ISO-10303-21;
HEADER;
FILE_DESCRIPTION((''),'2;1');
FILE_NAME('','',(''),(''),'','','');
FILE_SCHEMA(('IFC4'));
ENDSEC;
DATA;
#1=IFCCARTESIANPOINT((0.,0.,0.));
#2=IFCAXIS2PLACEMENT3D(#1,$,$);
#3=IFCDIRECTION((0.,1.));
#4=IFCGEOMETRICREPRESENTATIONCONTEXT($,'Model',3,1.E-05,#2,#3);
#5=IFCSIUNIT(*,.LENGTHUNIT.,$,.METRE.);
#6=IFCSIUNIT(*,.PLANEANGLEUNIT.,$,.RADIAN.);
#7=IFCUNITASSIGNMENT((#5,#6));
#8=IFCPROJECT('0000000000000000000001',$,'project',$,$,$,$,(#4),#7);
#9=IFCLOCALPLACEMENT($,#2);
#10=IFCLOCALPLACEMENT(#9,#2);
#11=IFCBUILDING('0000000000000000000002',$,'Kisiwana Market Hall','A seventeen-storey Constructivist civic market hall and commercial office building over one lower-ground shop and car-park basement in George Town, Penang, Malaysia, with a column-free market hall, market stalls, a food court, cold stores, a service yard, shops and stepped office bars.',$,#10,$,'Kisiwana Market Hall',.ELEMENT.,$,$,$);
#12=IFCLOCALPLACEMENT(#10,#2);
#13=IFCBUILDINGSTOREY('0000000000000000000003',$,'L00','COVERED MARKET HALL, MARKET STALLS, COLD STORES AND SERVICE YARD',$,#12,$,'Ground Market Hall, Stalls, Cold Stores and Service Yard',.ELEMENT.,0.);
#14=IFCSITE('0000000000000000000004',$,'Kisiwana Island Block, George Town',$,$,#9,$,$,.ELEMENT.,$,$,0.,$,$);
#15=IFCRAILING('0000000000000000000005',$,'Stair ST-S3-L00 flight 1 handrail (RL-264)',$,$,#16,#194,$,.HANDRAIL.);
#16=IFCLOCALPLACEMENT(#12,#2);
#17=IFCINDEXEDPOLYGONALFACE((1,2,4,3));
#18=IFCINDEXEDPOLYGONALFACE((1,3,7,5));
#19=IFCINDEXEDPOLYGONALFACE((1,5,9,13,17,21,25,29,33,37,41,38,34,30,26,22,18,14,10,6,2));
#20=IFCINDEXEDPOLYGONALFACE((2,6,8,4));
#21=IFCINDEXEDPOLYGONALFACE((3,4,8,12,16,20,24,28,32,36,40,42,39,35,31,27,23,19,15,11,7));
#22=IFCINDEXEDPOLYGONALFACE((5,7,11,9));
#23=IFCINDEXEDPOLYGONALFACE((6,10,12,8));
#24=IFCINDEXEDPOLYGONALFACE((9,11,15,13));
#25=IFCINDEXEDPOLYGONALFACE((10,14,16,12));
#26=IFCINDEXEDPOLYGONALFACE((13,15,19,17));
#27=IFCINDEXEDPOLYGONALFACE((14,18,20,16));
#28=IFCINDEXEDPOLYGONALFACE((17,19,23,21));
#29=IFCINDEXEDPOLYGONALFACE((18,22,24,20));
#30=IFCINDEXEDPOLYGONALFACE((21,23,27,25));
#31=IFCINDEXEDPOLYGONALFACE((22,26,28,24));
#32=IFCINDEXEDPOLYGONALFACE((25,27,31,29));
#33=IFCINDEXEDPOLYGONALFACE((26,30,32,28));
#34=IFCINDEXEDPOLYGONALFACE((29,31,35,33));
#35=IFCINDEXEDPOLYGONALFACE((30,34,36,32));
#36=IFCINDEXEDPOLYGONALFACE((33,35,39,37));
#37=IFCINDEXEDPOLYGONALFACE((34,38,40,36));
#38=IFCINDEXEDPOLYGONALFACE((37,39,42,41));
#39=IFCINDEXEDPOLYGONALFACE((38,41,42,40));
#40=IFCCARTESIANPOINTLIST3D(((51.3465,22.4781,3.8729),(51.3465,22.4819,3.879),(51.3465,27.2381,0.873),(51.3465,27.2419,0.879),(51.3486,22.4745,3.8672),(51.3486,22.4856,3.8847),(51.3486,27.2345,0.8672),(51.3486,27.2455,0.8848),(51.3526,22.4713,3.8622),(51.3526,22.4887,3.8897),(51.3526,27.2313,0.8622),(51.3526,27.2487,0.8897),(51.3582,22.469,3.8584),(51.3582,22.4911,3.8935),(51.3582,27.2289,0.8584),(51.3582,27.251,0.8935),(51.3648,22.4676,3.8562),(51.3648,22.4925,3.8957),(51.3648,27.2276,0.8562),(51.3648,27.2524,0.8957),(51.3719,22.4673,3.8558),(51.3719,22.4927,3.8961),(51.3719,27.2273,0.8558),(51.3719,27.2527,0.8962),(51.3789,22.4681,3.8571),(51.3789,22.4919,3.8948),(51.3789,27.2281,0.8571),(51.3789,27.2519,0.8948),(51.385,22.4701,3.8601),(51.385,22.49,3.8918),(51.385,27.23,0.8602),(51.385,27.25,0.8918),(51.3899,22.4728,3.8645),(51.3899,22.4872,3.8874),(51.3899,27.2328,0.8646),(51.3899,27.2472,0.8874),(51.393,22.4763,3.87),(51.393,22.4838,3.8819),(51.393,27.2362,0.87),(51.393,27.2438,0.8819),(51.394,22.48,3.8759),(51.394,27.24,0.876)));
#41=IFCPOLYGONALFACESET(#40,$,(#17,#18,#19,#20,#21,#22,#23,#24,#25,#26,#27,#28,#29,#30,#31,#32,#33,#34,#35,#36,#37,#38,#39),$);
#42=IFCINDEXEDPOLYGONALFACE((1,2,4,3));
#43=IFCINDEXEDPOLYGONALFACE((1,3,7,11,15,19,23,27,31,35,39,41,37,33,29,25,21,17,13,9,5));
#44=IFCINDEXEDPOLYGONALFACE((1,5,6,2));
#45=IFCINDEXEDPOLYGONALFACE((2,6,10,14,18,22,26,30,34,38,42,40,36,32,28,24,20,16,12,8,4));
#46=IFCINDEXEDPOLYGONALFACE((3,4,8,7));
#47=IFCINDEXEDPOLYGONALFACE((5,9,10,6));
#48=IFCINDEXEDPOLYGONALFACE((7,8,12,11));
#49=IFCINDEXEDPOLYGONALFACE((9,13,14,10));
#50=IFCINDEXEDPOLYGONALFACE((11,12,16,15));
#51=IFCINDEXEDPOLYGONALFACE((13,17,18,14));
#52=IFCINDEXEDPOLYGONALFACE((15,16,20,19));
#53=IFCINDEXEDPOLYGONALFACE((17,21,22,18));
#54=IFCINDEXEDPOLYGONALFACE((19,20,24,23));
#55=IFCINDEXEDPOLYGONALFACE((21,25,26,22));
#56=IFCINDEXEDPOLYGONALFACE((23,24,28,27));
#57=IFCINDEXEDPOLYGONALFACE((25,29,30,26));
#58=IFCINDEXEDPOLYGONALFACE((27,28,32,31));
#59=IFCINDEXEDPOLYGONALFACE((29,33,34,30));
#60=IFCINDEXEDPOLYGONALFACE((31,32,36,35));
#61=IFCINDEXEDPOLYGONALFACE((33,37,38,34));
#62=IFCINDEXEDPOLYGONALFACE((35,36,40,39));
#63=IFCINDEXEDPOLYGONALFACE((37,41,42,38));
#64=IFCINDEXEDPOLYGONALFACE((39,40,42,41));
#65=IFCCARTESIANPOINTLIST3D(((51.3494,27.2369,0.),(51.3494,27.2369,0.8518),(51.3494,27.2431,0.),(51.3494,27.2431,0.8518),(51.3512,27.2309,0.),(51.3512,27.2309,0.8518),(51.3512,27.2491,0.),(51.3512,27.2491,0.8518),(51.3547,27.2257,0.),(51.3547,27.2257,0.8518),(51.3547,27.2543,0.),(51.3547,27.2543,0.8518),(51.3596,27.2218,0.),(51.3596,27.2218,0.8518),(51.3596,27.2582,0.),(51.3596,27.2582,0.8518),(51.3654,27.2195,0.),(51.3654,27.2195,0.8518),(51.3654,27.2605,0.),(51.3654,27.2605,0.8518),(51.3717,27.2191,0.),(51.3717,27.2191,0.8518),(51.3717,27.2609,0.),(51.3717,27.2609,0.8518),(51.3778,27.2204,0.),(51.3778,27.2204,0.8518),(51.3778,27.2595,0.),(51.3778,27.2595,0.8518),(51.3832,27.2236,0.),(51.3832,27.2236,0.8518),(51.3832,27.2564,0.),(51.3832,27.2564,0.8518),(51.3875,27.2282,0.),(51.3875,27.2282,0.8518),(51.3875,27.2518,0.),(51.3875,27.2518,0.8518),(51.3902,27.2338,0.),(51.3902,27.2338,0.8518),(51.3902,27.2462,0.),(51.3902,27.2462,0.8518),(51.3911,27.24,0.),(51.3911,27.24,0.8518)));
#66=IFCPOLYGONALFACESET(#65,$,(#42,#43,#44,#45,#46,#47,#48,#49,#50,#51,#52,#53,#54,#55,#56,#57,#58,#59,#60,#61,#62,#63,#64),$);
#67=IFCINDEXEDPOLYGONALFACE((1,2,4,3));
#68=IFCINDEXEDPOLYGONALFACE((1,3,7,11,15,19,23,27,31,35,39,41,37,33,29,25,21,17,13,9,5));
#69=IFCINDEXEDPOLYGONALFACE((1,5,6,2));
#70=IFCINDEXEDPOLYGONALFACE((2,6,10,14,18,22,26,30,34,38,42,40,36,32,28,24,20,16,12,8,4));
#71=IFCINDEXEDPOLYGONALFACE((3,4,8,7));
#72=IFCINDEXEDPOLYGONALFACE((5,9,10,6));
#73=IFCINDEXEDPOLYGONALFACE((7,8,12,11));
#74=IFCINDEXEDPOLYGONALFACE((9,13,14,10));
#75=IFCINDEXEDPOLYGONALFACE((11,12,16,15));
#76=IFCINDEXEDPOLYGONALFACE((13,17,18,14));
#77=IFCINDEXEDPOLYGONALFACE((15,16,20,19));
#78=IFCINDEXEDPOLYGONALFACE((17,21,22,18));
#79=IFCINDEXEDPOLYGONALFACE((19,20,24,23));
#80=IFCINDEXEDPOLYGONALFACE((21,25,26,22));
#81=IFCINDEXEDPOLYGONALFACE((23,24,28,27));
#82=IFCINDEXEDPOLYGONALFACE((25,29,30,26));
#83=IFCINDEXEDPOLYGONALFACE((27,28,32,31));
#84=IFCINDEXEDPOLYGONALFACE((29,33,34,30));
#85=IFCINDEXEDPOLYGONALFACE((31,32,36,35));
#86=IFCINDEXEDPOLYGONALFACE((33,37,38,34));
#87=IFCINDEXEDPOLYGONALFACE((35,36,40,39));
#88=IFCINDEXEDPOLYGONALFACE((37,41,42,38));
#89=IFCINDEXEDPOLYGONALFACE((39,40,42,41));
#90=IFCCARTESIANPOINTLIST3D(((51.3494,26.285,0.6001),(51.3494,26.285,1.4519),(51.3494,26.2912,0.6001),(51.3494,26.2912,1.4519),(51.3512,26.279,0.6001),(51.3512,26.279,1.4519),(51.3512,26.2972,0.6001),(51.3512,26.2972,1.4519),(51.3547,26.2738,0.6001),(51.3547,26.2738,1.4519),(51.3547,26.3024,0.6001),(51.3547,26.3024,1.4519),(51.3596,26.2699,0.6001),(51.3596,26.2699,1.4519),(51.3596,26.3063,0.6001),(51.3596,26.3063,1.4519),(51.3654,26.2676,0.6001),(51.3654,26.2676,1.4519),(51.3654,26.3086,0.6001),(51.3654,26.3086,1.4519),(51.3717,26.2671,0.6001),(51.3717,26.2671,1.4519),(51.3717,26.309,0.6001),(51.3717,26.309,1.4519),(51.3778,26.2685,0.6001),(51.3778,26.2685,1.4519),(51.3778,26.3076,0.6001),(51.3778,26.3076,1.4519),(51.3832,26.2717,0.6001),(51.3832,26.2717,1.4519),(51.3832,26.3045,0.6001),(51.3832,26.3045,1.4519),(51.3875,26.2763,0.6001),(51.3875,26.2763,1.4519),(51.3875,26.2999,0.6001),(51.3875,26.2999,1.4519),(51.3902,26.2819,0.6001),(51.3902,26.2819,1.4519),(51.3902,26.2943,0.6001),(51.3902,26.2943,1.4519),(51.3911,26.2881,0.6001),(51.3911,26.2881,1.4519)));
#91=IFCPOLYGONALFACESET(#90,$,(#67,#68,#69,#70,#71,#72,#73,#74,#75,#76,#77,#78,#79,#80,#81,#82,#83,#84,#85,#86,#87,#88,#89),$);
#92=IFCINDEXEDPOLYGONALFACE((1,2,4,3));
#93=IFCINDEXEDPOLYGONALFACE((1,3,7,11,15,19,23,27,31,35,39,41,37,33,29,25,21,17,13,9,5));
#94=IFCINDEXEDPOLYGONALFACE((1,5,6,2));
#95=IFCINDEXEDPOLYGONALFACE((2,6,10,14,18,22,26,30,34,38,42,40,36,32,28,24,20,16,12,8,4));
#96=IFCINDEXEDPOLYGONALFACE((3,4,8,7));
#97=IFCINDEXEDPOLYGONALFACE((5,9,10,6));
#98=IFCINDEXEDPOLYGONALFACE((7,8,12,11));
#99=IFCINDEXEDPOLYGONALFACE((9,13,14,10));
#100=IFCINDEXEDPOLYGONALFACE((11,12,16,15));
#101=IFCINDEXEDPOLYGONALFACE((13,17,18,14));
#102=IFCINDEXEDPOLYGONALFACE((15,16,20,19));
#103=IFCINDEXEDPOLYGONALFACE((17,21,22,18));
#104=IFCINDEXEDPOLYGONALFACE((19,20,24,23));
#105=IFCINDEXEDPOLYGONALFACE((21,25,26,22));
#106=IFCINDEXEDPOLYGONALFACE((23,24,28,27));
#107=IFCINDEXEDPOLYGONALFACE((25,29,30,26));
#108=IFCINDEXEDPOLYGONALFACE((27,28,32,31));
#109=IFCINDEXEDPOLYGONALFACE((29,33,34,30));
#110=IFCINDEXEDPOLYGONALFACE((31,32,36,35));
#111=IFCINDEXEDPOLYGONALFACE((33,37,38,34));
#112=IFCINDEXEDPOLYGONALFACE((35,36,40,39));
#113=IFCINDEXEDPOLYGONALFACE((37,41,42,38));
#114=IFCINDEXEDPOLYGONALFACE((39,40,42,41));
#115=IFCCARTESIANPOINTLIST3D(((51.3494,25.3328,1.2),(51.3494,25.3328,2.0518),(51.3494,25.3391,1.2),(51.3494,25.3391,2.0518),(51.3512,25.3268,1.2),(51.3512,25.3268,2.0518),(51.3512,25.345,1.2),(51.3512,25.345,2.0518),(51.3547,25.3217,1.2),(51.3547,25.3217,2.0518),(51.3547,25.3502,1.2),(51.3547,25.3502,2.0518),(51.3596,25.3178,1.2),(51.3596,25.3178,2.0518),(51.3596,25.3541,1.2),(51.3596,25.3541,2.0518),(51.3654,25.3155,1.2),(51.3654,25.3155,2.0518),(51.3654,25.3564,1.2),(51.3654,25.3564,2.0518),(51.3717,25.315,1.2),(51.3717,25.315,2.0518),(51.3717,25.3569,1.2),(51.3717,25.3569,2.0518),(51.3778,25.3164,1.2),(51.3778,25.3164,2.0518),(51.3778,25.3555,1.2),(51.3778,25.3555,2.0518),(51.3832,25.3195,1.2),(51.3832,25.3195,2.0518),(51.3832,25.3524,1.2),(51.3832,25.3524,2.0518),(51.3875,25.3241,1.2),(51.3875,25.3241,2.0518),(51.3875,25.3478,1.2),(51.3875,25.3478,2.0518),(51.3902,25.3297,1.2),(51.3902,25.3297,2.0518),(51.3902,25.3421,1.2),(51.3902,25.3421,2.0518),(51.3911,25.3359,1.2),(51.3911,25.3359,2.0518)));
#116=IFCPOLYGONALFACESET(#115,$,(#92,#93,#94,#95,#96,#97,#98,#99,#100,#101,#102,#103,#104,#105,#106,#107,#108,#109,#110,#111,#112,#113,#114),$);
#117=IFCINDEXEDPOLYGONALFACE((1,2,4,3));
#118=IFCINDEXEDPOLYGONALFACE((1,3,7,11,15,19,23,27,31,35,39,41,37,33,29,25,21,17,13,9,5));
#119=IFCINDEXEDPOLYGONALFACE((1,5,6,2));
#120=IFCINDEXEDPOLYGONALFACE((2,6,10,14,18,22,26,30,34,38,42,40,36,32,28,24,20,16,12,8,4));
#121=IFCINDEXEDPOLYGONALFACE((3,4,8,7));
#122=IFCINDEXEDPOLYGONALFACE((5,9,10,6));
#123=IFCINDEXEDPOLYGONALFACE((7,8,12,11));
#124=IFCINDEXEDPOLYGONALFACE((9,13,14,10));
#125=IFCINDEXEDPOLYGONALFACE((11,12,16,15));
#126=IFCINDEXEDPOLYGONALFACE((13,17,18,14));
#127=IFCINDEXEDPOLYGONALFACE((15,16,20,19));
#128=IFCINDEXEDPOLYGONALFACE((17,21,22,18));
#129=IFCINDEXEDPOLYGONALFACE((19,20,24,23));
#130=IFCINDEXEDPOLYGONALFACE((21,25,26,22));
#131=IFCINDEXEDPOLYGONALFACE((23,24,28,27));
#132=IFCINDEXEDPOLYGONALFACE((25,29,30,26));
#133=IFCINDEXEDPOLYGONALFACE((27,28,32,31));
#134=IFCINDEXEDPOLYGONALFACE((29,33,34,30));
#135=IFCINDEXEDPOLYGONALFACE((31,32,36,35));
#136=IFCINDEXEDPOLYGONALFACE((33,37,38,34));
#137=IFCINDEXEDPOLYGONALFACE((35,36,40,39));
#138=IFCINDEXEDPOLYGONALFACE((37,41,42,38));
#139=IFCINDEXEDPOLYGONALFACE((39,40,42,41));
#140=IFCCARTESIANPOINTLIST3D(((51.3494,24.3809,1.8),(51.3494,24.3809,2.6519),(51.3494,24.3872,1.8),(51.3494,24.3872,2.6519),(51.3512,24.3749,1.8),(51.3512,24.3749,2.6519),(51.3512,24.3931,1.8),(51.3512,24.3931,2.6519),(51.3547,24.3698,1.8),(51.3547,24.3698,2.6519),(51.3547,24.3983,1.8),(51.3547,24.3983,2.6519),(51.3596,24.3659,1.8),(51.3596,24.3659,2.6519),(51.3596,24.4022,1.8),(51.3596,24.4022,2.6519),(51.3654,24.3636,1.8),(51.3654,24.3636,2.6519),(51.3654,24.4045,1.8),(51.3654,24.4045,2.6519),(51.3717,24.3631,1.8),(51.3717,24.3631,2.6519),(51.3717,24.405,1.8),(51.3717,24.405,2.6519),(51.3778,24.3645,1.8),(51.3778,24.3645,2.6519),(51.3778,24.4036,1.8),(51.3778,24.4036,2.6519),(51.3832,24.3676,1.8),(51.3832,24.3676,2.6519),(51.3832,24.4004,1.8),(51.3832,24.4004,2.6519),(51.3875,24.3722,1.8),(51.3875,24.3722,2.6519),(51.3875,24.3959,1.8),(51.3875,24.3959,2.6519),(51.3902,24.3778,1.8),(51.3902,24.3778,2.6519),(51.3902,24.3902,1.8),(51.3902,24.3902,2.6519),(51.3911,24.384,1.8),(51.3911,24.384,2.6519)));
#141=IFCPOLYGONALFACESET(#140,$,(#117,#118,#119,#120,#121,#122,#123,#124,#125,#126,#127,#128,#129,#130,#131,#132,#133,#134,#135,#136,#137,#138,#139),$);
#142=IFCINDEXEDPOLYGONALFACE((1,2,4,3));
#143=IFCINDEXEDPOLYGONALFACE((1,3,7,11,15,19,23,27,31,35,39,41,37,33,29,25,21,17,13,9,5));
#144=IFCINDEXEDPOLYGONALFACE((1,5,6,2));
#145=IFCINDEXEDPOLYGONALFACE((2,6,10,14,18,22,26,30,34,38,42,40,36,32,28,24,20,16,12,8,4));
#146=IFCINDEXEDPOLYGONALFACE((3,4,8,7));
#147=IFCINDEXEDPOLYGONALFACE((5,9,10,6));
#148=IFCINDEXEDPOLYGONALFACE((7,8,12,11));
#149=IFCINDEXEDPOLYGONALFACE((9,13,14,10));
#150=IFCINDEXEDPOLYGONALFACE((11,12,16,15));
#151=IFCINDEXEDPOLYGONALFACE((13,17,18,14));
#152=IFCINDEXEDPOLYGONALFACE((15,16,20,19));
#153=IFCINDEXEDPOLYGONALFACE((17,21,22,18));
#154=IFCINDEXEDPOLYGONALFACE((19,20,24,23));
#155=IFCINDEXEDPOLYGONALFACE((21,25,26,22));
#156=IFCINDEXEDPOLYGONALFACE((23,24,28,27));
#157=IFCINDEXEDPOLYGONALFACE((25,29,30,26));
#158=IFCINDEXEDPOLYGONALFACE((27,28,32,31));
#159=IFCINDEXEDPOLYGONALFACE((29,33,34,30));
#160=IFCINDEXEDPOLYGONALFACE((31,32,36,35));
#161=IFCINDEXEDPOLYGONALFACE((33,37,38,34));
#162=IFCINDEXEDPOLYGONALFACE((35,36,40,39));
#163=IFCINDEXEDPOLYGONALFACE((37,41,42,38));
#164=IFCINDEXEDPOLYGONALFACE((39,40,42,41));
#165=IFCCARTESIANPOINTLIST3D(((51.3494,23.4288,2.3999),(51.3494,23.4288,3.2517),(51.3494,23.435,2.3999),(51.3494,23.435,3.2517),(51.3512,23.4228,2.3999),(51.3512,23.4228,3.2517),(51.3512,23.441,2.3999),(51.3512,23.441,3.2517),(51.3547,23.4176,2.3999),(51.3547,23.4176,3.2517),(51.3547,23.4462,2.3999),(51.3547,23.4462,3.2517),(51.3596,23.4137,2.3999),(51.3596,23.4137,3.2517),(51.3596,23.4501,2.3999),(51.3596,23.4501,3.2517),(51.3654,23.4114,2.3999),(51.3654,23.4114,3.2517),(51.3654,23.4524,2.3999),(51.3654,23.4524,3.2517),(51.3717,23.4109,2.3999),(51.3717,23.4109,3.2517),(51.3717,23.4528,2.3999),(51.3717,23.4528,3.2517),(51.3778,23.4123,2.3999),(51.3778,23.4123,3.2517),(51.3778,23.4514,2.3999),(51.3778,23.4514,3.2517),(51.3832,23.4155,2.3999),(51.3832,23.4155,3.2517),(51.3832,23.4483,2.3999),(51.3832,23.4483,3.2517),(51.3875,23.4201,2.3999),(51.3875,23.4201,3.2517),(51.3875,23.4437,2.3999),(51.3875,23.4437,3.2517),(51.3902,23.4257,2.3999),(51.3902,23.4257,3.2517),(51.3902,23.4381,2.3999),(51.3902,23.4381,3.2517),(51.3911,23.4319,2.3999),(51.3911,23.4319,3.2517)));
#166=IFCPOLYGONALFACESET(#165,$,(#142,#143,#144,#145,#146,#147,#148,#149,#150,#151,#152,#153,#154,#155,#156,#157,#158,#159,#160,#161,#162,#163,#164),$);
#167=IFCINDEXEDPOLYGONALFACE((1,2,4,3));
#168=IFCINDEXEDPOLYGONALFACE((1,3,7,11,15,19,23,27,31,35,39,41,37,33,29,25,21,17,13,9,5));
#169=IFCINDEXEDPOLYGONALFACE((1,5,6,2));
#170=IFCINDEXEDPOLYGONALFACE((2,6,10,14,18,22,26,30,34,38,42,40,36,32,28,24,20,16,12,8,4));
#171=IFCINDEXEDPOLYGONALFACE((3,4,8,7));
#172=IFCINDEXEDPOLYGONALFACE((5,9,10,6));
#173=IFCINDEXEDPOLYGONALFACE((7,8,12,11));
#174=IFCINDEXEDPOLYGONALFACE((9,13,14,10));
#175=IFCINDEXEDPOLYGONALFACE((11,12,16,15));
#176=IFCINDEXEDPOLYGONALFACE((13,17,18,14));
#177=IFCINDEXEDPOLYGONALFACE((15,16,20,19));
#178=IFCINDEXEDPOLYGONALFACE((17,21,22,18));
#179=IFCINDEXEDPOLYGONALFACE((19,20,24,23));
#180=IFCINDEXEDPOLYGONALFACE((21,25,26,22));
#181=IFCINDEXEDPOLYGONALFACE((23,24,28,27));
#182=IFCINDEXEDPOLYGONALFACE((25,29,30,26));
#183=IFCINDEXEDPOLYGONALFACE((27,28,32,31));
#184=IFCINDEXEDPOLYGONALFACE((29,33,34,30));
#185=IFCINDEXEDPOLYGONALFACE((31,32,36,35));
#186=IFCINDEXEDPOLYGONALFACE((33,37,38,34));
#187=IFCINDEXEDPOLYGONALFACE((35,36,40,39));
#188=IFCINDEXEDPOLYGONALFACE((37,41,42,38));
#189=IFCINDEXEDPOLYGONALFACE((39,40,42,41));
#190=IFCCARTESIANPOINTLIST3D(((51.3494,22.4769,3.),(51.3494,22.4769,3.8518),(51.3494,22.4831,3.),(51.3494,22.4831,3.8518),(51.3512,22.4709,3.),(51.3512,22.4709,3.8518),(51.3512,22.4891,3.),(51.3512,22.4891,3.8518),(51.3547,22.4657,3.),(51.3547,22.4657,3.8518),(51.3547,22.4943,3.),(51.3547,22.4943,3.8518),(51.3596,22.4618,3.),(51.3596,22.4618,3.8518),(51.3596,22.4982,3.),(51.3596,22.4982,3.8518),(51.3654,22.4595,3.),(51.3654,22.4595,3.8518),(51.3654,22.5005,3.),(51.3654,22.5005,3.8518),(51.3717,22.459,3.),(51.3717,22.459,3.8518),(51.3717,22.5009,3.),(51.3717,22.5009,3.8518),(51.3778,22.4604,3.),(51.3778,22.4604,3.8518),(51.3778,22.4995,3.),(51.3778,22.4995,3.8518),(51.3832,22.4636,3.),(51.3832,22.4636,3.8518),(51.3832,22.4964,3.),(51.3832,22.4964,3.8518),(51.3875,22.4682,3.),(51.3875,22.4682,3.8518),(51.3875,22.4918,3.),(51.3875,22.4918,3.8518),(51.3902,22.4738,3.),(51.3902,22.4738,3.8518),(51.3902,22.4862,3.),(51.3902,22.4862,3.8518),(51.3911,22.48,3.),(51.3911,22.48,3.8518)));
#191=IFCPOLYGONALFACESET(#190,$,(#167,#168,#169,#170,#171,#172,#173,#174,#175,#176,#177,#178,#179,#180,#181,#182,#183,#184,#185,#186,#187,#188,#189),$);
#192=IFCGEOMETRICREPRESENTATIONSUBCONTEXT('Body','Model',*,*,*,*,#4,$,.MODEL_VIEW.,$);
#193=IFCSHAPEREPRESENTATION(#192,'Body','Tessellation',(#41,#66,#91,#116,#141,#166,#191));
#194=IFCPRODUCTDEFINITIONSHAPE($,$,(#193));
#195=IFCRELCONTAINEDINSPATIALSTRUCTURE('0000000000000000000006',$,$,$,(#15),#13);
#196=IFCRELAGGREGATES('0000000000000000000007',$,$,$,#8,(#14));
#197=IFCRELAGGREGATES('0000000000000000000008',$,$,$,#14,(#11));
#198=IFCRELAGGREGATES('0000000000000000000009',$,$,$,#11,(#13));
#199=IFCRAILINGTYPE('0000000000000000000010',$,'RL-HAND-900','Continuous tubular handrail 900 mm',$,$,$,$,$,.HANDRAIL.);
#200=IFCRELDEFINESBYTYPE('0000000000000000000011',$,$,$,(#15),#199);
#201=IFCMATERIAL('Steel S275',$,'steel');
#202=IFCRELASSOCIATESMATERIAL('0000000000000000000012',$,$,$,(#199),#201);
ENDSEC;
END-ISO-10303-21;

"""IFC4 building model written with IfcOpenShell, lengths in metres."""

from ifc_helpers import new_model, si_unit, direction, frame, origin, origin_2d, place, context, subcontext, project, spatial, circle, extrude, material, type_object, element, save


model = new_model("IFC4")

# Units and contexts
model_context = context("Model", 3, precision=1e-05, world=origin(), true_north=direction((0.0, 1.0)))
body_context = subcontext(model_context, "Body", "Model", "MODEL_VIEW")
ifc_project = project(units=[si_unit("LENGTHUNIT", "METRE"), si_unit("PLANEANGLEUNIT", "RADIAN")], contexts=[model_context])

# Site, building, storey
site_placement = place(None, origin())
site = spatial("IfcSite", under=ifc_project, at=site_placement, Name="Kisiwana Island Block, George Town", CompositionType="ELEMENT", RefElevation=0.0)
building_placement = place(site_placement, origin())
building = spatial("IfcBuilding", under=site, at=building_placement, Name="Kisiwana Market Hall", Description="A seventeen-storey Constructivist civic market hall and commercial office building over one lower-ground shop and car-park basement in George Town, Penang, Malaysia, with a column-free market hall, market stalls, a food court, cold stores, a service yard, shops and stepped office bars.", LongName="Kisiwana Market Hall", CompositionType="ELEMENT")
storey_placement = place(building_placement, origin())
storey = spatial("IfcBuildingStorey", under=building, at=storey_placement, Name="L00", Description="COVERED MARKET HALL, MARKET STALLS, COLD STORES AND SERVICE YARD", LongName="Ground Market Hall, Stalls, Cold Stores and Service Yard", CompositionType="ELEMENT", Elevation=0.0)

# Railing
ifc_material_1 = material(Name="Steel S275", Category="steel")
railing_type_1 = type_object("IfcRailingType", Name="RL-HAND-900", Description="Continuous tubular handrail 900 mm", PredefinedType="HANDRAIL", material=ifc_material_1)
for number, where, name in (
    (1, (51.3701, 27.24, 0.0), "Stair ST-S3-L00 flight 1 handrail (RL-264)"),
):
    element("IfcRailing", number, at=place(storey_placement, frame(where)), inside=storey, type_object=railing_type_1, Name=name, PredefinedType="HANDRAIL", context=body_context, shape_type="SweptSolid", body=[
        extrude(circle(Radius=0.0239, at=origin_2d()), frame((0.0, 0.0, 0.876), z_axis=(0.0, -0.845996, 0.53319), x_axis=(1.0, 0.0, 0.0)), (0.0, 0.0, 1.0), 5.6265),
        extrude(circle(Radius=0.021, at=origin_2d()), origin(), (0.0, 0.0, 1.0), 0.8518),
        extrude(circle(Radius=0.021, at=origin_2d()), frame((0.0, -0.9519, 0.6001)), (0.0, 0.0, 1.0), 0.8518),
        extrude(circle(Radius=0.021, at=origin_2d()), frame((0.0, -1.9041, 1.2)), (0.0, 0.0, 1.0), 0.8518),
        extrude(circle(Radius=0.021, at=origin_2d()), frame((0.0, -2.856, 1.8)), (0.0, 0.0, 1.0), 0.8518),
        extrude(circle(Radius=0.021, at=origin_2d()), frame((0.0, -3.8081, 2.3999)), (0.0, 0.0, 1.0), 0.8518),
        extrude(circle(Radius=0.021, at=origin_2d()), frame((0.0, -4.76, 3.0)), (0.0, 0.0, 1.0), 0.8518),
    ])

save(model, "model.ifc")
